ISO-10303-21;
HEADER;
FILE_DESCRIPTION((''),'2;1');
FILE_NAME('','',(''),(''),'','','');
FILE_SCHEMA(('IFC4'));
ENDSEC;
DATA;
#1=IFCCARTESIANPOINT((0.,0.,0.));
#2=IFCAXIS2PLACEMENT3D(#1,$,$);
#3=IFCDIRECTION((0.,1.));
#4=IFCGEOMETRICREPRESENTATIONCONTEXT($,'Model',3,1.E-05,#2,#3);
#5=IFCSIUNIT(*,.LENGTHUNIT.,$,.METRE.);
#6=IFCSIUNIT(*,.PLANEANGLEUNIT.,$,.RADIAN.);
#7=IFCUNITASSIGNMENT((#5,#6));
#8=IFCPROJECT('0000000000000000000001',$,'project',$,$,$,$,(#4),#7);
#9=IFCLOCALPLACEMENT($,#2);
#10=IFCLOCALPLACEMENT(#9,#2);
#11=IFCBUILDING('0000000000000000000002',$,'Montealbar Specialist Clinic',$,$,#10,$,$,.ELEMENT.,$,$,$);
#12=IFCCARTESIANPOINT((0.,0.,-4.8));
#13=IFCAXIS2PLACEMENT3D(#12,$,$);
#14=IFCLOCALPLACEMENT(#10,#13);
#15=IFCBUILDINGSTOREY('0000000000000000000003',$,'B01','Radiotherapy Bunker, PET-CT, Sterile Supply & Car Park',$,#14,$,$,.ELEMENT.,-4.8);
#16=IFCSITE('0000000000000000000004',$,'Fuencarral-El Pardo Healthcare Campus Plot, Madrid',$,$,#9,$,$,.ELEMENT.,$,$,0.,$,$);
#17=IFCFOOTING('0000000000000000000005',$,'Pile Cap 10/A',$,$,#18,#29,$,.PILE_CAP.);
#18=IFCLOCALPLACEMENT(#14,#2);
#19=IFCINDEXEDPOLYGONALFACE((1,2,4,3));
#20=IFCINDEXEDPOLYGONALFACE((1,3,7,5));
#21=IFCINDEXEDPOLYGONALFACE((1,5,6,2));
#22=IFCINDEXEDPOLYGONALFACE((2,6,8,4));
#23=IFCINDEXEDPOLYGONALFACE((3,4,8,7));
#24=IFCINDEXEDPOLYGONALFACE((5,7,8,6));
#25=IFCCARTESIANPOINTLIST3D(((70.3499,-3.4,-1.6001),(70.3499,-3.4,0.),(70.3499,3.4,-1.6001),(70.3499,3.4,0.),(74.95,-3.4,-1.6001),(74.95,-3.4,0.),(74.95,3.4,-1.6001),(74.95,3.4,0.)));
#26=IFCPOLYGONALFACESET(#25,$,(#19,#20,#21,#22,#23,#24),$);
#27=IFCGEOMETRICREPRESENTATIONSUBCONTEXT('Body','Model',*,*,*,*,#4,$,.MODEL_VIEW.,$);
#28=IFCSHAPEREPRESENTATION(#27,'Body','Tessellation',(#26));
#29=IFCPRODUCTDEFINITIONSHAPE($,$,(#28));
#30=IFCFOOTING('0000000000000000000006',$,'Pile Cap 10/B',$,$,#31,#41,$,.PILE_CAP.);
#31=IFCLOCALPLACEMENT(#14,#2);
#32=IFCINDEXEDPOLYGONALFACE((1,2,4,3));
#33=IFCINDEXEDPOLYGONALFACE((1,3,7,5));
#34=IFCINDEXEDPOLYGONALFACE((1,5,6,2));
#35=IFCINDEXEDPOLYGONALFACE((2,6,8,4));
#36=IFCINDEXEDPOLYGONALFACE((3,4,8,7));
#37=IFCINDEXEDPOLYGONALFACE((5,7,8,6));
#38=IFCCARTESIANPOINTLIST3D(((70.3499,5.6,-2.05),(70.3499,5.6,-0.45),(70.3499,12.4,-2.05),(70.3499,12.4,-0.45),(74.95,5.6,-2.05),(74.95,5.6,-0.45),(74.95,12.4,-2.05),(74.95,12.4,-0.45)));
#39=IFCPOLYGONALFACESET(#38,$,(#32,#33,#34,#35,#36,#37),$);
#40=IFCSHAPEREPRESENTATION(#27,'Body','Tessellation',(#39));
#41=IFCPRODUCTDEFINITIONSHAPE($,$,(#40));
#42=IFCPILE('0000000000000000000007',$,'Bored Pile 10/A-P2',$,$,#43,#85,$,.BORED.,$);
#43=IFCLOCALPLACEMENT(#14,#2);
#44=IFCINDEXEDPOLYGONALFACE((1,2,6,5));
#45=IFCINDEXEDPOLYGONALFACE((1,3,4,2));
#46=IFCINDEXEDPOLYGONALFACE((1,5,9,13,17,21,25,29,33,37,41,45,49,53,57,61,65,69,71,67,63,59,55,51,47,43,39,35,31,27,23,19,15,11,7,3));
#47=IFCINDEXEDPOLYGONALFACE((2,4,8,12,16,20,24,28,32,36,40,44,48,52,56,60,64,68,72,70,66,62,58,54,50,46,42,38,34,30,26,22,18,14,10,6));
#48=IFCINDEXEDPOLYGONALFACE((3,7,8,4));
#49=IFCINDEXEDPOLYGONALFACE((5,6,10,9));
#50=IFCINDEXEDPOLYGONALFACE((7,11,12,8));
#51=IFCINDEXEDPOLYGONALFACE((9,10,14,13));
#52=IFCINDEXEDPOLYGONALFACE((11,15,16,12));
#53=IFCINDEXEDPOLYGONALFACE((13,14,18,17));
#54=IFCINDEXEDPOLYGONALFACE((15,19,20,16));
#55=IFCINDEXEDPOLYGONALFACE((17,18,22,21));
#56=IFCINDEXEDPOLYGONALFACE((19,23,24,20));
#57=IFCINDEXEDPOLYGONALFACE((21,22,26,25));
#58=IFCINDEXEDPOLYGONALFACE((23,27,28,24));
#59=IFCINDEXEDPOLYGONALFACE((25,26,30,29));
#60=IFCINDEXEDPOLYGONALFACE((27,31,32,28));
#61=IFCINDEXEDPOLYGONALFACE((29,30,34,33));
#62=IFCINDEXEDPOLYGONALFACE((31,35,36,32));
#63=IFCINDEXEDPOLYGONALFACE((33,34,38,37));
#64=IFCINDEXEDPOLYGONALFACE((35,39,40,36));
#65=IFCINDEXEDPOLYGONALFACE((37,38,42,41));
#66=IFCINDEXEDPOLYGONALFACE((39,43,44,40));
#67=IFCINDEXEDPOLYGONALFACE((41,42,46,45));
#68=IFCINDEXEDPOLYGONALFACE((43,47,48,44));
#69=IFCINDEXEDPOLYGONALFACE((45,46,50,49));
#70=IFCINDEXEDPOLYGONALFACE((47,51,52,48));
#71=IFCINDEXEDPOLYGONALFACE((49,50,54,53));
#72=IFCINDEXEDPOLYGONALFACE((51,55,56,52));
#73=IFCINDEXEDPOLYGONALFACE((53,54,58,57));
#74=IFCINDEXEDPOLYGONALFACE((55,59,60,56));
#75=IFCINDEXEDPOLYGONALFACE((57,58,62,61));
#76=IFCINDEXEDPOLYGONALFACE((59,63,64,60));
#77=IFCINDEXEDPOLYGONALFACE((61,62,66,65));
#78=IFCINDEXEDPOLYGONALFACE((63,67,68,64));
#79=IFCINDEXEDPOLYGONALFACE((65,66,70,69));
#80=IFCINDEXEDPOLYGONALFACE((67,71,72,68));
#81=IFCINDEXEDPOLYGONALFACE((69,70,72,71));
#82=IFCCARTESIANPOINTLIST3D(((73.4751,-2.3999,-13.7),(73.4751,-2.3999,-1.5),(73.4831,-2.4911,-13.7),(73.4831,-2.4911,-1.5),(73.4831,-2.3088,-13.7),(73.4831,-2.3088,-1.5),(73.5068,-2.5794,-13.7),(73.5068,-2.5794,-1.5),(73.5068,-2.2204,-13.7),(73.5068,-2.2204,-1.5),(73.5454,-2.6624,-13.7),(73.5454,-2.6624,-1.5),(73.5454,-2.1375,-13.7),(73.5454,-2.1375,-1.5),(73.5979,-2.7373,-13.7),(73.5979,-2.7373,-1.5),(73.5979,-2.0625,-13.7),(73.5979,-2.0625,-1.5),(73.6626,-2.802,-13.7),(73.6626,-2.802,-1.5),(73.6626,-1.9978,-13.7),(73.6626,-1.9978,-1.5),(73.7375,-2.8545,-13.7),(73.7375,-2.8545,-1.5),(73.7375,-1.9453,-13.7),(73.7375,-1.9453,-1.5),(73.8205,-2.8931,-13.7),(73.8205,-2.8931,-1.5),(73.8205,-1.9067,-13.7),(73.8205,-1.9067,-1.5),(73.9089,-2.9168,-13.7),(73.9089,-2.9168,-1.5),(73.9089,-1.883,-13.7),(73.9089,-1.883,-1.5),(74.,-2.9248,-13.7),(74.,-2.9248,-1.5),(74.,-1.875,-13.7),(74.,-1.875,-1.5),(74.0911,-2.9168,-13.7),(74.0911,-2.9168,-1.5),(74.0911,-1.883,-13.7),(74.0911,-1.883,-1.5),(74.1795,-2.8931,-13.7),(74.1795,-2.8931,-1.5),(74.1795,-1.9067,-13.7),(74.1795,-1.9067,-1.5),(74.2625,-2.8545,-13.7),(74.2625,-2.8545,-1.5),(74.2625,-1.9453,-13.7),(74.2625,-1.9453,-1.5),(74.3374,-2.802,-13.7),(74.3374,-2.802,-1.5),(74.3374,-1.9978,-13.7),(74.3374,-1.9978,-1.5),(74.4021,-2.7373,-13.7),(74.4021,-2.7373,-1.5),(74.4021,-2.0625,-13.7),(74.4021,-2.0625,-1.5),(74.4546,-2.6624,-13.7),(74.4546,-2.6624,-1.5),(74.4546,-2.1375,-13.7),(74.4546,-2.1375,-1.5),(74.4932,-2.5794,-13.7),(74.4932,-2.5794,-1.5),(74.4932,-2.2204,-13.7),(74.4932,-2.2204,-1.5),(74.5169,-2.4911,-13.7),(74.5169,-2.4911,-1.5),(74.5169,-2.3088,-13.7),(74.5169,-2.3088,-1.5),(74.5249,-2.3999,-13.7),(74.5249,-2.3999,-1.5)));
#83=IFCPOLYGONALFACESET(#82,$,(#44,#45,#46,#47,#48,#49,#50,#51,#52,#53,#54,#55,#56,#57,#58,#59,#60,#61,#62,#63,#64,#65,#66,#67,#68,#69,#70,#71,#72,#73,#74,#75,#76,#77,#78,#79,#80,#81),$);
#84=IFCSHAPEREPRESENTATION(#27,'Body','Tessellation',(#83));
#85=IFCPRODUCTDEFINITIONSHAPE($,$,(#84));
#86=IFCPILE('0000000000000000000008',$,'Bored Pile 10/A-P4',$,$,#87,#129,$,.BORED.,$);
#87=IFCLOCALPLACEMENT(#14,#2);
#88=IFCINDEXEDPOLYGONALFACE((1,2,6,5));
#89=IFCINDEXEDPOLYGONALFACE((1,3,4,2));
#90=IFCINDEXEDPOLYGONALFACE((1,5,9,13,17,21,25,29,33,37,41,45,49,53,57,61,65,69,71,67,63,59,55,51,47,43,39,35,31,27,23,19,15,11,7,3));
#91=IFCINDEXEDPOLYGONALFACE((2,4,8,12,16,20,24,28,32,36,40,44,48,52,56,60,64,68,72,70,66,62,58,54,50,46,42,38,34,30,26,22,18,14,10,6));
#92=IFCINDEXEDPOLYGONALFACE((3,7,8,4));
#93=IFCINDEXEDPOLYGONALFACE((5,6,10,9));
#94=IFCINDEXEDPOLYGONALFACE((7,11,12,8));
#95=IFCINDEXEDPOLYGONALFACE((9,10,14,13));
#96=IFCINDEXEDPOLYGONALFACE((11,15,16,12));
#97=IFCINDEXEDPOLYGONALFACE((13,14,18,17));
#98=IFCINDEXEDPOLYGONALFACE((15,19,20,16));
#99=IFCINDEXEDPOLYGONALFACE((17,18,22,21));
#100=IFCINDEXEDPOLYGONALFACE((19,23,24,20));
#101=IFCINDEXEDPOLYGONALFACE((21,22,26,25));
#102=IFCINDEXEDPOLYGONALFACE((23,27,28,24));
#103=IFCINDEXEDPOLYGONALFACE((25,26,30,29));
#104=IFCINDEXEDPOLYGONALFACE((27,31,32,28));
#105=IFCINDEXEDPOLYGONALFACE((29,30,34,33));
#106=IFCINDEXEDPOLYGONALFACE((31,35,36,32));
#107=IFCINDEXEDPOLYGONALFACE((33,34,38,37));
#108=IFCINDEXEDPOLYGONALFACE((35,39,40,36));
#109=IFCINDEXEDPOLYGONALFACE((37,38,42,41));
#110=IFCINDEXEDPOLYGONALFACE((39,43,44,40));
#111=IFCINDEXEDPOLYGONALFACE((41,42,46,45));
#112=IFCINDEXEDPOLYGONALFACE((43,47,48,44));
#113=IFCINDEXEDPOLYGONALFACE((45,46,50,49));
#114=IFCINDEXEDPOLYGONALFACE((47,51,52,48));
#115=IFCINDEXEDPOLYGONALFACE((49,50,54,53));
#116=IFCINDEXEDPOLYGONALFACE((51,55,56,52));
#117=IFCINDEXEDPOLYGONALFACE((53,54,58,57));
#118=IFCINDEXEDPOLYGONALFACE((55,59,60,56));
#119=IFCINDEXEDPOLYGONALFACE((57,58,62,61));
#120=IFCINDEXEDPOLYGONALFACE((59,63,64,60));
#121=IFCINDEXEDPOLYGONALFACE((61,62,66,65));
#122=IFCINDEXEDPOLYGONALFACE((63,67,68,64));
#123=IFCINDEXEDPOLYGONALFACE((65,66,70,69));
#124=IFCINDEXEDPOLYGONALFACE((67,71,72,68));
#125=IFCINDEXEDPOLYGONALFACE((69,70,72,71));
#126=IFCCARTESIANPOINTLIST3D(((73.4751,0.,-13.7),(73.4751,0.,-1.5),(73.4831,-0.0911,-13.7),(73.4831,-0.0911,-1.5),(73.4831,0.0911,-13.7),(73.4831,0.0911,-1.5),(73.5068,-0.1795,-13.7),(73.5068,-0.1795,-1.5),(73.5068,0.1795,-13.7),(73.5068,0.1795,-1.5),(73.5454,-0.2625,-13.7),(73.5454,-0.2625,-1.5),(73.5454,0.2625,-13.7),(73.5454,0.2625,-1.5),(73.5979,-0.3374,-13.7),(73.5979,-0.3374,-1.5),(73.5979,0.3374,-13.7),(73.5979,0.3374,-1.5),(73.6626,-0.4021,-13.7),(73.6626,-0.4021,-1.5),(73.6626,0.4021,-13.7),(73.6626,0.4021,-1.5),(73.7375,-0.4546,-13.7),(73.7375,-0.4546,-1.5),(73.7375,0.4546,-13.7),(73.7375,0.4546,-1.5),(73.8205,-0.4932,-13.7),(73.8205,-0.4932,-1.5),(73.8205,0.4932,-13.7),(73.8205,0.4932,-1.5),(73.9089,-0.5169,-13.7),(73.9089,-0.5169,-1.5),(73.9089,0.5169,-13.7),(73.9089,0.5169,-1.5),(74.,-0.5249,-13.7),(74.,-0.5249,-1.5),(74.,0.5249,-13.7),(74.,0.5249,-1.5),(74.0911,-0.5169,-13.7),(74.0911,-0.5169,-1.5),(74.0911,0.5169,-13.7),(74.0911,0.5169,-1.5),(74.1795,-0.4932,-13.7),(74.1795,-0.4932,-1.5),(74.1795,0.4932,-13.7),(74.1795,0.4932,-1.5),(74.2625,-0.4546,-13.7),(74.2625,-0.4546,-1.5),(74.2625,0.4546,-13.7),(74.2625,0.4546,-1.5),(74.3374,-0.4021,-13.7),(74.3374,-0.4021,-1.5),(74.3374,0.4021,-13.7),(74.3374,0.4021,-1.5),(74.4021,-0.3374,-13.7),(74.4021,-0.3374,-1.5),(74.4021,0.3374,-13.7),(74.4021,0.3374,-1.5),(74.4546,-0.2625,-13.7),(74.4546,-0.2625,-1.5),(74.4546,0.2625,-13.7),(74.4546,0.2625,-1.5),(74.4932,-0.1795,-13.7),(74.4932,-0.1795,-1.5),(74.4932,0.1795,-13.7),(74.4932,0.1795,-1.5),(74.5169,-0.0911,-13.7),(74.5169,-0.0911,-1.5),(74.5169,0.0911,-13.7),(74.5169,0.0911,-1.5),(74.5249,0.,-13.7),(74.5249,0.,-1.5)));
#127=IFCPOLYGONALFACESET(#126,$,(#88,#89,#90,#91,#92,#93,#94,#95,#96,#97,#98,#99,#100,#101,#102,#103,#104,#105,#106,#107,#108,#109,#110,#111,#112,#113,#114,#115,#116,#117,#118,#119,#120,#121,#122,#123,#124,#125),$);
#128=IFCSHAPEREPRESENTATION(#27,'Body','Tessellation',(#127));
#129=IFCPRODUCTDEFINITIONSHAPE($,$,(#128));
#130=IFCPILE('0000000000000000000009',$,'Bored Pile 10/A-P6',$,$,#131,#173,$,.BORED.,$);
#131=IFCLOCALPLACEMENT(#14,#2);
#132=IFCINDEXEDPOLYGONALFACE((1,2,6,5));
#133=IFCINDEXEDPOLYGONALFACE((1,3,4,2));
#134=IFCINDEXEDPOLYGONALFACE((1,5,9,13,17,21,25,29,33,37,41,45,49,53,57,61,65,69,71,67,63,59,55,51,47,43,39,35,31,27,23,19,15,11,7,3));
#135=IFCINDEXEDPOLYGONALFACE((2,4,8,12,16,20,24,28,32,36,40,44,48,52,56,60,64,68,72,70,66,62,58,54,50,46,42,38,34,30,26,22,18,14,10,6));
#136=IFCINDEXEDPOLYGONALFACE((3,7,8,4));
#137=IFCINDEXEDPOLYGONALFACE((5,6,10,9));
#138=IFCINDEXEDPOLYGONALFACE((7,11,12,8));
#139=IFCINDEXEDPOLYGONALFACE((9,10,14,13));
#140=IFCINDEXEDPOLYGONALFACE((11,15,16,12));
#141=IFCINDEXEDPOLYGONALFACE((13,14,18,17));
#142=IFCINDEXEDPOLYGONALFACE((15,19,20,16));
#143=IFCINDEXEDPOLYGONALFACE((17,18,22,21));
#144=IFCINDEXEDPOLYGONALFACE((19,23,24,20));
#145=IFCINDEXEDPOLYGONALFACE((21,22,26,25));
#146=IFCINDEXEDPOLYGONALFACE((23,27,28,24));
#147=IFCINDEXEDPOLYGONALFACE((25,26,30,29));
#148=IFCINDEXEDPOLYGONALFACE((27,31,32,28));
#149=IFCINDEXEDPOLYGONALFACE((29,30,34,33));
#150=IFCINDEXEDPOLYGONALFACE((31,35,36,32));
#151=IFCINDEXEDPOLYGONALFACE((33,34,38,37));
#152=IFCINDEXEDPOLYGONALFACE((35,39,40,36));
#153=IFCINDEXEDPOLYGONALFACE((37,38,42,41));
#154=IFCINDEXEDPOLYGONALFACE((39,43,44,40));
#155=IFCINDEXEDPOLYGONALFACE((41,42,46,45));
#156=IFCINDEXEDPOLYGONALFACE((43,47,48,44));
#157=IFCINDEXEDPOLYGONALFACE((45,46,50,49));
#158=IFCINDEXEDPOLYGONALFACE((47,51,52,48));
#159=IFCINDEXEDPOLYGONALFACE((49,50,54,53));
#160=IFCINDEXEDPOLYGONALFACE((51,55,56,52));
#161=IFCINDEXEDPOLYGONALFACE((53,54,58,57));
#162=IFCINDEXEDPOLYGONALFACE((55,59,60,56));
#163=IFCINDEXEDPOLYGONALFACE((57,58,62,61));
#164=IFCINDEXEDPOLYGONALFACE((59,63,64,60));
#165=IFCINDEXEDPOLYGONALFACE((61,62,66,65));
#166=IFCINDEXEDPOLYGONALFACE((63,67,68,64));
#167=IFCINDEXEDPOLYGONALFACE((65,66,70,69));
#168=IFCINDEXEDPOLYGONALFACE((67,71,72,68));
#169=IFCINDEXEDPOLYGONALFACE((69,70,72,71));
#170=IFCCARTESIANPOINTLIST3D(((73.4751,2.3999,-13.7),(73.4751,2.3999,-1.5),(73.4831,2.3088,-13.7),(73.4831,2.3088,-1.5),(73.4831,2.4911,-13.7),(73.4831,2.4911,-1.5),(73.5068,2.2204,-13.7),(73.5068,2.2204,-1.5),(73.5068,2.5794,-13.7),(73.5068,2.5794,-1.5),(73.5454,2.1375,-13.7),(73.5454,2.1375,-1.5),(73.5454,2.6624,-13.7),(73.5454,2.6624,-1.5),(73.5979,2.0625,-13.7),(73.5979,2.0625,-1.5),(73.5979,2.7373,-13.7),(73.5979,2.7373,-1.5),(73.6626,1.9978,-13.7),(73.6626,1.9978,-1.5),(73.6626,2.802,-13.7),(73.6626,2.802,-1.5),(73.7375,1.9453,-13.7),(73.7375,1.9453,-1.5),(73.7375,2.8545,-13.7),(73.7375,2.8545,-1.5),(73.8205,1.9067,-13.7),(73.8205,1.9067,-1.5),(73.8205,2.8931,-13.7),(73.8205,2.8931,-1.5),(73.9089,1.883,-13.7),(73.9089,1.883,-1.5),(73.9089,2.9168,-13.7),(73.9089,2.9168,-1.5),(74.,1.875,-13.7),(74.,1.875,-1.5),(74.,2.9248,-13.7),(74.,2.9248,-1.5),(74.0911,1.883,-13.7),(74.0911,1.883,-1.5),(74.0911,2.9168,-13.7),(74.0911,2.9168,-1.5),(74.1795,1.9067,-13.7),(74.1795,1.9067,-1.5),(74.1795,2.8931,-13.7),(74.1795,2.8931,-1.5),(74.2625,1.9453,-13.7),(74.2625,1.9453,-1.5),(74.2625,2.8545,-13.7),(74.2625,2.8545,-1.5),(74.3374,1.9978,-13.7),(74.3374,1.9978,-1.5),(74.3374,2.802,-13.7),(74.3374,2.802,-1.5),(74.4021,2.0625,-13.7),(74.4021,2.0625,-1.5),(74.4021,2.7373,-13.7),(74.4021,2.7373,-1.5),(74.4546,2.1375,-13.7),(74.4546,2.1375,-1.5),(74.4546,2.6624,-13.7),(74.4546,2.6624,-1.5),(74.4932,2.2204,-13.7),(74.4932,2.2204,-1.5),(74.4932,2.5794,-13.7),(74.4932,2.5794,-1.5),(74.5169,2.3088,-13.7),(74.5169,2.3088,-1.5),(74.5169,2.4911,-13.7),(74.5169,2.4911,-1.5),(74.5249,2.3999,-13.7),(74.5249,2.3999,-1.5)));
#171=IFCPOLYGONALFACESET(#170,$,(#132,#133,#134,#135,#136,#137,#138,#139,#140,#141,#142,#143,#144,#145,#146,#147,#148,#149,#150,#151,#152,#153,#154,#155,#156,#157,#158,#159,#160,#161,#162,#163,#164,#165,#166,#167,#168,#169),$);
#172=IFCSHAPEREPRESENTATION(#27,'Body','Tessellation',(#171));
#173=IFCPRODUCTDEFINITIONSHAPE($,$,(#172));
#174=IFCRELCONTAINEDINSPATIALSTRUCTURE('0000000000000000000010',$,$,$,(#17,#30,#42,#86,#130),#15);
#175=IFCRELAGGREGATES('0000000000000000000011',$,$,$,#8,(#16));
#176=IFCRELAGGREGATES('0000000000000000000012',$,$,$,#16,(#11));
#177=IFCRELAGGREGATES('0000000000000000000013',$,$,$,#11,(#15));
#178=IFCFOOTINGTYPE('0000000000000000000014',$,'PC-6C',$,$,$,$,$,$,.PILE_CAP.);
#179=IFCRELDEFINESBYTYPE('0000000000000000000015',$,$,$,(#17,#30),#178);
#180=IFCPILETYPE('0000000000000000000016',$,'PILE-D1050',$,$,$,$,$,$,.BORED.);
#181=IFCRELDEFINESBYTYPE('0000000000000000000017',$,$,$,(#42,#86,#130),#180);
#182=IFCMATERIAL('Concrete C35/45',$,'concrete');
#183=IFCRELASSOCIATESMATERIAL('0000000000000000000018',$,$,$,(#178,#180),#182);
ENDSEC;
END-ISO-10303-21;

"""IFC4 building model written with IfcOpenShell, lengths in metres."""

from ifc_helpers import new_model, si_unit, direction, frame, origin, origin_2d, place, context, subcontext, project, spatial, rectangle, circle, extrude, material, material_profile, profile_set, type_object, element, save


model = new_model("IFC4")

# Units and contexts
model_context = context("Model", 3, precision=1e-05, world=origin(), true_north=direction((0.0, 1.0)))
body_context = subcontext(model_context, "Body", "Model", "MODEL_VIEW")
ifc_project = project(units=[si_unit("LENGTHUNIT", "METRE"), si_unit("PLANEANGLEUNIT", "RADIAN")], contexts=[model_context])

# Site, building, storey
site_placement = place(None, origin())
site = spatial("IfcSite", under=ifc_project, at=site_placement, Name="Fuencarral-El Pardo Healthcare Campus Plot, Madrid", CompositionType="ELEMENT", RefElevation=0.0)
building_placement = place(site_placement, origin())
building = spatial("IfcBuilding", under=site, at=building_placement, Name="Montealbar Specialist Clinic", CompositionType="ELEMENT")
storey_placement = place(building_placement, frame((0.0, 0.0, -4.8)))
storey = spatial("IfcBuildingStorey", under=building, at=storey_placement, Name="B01", Description="Radiotherapy Bunker, PET-CT, Sterile Supply & Car Park", CompositionType="ELEMENT", Elevation=-4.8)

# Footings
ifc_material_1 = material(Name="Concrete C35/45", Category="concrete")
footing_type = type_object("IfcFootingType", Name="PC-6C", PredefinedType="PILE_CAP", material=ifc_material_1)
for number, where, z_axis, x_axis, name in (
    (1, (72.6499, 0.0, -1.6001), (0.0, 0.0, 1.0), (1.0, 0.0, 0.0), "Pile Cap 10/A"),
    (2, (72.6499, 9.0, -2.05), (0.0, 0.0, 1.0), (1.0, 0.0, 0.0), "Pile Cap 10/B"),
):
    element("IfcFooting", number, at=place(storey_placement, frame(where, z_axis=z_axis, x_axis=x_axis)), inside=storey, type_object=footing_type, Name=name, PredefinedType="PILE_CAP", context=body_context, shape_type="SweptSolid", body=[
        extrude(rectangle(XDim=4.6001, YDim=6.8, at=origin_2d()), origin(), (0.0, 0.0, 1.0), 1.6001),
    ])

# Piles
ifc_material_profile_1 = material_profile(ifc_material_1, circle(Radius=0.5249, at=origin_2d()), Name="PILE D1050", Category="concrete")
ifc_profile_set_1 = profile_set([ifc_material_profile_1], Name="Concrete C35/45")
pile_type = type_object("IfcPileType", Name="PILE-D1050", PredefinedType="BORED", material=ifc_profile_set_1)
for number, where, z_axis, x_axis, name in (
    (3, (74.0, -2.3999, -1.5), (0.0, 0.0, -1.0), (1.0, 0.0, 0.0), "Bored Pile 10/A-P2"),
    (4, (74.0, 0.0, -1.5), (0.0, 0.0, -1.0), (1.0, 0.0, 0.0), "Bored Pile 10/A-P4"),
    (5, (74.0, 2.3999, -1.5), (0.0, 0.0, -1.0), (1.0, 0.0, 0.0), "Bored Pile 10/A-P6"),
):
    element("IfcPile", number, at=place(storey_placement, frame(where, z_axis=z_axis, x_axis=x_axis)), inside=storey, type_object=pile_type, Name=name, PredefinedType="BORED", context=body_context, shape_type="SweptSolid", body=[
        extrude(circle(Radius=0.5249, at=origin_2d()), origin(), (0.0, 0.0, 1.0), 12.2),
    ])

save(model, "model.ifc")
